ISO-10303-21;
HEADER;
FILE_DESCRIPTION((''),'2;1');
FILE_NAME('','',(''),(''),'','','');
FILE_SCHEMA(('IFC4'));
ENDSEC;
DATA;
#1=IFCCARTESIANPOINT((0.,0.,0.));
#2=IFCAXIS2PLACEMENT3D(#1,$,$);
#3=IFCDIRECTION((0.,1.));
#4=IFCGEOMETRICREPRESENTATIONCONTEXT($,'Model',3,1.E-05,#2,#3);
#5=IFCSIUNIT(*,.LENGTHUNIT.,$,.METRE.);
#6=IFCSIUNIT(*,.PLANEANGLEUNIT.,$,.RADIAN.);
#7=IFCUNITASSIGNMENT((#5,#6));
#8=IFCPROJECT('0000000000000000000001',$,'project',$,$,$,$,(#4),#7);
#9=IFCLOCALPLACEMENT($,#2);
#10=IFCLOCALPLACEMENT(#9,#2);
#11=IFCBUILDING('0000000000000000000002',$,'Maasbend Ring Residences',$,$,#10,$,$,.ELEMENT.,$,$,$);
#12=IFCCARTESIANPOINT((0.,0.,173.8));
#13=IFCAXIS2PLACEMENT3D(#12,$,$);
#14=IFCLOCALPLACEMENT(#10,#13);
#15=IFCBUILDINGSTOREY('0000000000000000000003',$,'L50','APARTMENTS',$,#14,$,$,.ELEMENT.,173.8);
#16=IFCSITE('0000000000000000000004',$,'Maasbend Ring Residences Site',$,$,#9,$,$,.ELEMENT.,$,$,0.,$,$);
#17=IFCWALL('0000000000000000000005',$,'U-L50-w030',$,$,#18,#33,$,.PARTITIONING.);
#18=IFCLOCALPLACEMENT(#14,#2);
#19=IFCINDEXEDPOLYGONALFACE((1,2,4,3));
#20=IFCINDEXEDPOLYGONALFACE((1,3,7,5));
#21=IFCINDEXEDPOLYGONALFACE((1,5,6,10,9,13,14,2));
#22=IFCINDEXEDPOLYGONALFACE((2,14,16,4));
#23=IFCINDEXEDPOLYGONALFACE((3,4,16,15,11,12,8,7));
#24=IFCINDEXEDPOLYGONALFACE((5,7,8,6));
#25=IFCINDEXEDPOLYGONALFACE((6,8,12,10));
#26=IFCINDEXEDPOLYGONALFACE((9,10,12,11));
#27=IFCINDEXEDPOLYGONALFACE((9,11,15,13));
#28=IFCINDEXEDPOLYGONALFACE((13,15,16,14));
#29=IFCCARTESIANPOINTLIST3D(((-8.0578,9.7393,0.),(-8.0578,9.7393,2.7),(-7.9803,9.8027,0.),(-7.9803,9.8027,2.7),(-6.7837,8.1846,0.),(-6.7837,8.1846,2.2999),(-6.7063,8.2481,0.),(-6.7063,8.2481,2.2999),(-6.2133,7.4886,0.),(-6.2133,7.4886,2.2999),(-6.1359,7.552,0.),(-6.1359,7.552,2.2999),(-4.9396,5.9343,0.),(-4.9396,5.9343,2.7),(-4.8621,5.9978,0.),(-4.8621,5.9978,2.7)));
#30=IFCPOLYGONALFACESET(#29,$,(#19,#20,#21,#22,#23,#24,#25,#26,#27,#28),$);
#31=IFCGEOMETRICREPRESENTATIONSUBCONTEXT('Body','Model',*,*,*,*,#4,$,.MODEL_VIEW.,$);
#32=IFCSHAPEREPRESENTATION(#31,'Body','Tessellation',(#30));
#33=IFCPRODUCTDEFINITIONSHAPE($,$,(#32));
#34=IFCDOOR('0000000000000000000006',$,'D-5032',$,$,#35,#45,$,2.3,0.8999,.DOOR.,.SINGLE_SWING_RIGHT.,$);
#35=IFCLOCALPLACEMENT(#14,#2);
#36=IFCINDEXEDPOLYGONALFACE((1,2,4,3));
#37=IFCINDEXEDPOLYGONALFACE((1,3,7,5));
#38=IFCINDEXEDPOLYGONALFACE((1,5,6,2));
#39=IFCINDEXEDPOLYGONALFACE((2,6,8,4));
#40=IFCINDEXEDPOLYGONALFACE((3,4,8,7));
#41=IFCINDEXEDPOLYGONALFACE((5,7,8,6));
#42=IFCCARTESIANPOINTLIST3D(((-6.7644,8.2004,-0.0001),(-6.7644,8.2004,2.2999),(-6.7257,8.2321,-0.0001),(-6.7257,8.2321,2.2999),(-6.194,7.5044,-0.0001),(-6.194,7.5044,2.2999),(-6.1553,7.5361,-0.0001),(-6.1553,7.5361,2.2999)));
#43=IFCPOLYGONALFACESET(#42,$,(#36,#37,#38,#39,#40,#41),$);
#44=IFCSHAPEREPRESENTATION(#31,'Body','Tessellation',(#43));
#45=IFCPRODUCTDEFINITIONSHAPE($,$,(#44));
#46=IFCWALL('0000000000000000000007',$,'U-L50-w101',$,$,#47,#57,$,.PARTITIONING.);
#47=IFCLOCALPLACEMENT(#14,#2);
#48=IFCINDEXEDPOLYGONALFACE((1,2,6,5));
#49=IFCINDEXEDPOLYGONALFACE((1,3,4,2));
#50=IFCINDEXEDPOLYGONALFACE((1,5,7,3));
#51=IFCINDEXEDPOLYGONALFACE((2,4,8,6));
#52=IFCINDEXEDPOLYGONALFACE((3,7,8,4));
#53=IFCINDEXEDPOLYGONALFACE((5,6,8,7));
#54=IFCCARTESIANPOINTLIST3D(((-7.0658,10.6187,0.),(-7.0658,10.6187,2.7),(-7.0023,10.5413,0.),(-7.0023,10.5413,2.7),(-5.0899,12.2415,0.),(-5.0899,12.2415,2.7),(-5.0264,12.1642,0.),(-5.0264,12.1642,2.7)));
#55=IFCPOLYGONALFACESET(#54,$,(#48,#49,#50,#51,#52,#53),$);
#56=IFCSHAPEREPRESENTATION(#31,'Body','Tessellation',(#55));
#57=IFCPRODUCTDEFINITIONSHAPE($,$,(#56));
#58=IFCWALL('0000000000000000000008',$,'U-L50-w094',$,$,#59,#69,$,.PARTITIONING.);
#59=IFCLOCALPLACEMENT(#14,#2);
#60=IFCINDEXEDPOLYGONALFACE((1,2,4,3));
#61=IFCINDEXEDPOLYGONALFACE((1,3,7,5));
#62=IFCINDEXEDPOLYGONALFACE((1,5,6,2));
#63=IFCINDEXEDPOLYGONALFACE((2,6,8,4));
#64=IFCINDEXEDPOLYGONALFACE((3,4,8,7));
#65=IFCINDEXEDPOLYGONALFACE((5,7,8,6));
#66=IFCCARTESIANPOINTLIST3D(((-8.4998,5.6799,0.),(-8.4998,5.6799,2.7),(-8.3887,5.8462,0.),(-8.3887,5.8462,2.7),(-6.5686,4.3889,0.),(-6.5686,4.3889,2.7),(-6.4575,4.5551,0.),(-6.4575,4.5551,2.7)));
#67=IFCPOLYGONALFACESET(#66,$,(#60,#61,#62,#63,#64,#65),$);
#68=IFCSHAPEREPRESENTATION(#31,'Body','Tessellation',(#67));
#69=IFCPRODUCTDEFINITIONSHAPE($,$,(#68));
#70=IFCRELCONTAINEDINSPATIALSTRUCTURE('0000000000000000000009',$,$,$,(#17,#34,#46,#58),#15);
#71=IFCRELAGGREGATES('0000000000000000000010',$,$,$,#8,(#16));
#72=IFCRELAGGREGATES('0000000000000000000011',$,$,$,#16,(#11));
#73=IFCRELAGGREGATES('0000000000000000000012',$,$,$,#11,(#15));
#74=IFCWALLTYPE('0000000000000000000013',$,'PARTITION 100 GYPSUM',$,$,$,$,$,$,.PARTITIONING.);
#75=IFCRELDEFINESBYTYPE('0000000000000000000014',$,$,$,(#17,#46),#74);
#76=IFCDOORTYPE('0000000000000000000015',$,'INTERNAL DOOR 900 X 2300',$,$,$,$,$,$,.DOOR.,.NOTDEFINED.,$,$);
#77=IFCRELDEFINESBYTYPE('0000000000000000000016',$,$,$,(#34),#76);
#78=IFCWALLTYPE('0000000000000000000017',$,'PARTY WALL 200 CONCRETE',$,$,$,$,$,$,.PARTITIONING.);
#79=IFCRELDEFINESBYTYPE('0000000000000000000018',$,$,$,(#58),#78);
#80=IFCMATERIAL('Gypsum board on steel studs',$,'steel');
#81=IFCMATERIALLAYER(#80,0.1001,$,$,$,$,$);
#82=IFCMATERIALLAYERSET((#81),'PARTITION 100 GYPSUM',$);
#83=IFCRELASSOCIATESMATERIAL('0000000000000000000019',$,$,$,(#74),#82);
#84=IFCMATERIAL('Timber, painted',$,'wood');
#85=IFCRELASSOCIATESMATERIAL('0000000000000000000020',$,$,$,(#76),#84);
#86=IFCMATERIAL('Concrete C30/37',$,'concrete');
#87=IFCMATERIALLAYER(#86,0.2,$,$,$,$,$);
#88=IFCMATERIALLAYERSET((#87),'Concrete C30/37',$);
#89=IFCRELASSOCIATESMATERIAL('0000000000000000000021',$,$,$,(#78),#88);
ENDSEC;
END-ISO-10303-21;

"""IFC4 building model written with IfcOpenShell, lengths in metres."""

from ifc_helpers import new_model, si_unit, direction, frame, frame_2d, origin, place, context, subcontext, project, spatial, rectangle, extrude, material, layer, layer_set, type_object, element, fill, save


model = new_model("IFC4")

# Units and contexts
model_context = context("Model", 3, precision=1e-05, world=origin(), true_north=direction((0.0, 1.0)))
body_context = subcontext(model_context, "Body", "Model", "MODEL_VIEW")
ifc_project = project(units=[si_unit("LENGTHUNIT", "METRE"), si_unit("PLANEANGLEUNIT", "RADIAN")], contexts=[model_context])

# Site, building, storey
site_placement = place(None, origin())
site = spatial("IfcSite", under=ifc_project, at=site_placement, Name="Maasbend Ring Residences Site", CompositionType="ELEMENT", RefElevation=0.0)
building_placement = place(site_placement, origin())
building = spatial("IfcBuilding", under=site, at=building_placement, Name="Maasbend Ring Residences", CompositionType="ELEMENT")
storey_placement = place(building_placement, frame((0.0, 0.0, 173.8)))
storey = spatial("IfcBuildingStorey", under=building, at=storey_placement, Name="L50", Description="APARTMENTS", CompositionType="ELEMENT", Elevation=173.8)

# Wall, opening, door
ifc_material_1 = material(Name="Gypsum board on steel studs", Category="steel")
ifc_layer_1 = layer(ifc_material_1, 0.1001)
ifc_layer_set_1 = layer_set([ifc_layer_1], Name="PARTITION 100 GYPSUM")
wall_type_1 = type_object("IfcWallType", Name="PARTITION 100 GYPSUM", PredefinedType="PARTITIONING", material=ifc_layer_set_1)
wall_1_placement = place(storey_placement, frame((-8.019, 9.771, 0.0), z_axis=(0.0, 0.0, 1.0), x_axis=(0.633851, -0.773455, 0.0)))
wall_1 = element("IfcWall", 1, at=wall_1_placement, inside=storey, type_object=wall_type_1, Name="U-L50-w030", PredefinedType="PARTITIONING", context=body_context, shape_type="SweptSolid", body=[
    extrude(rectangle(XDim=4.9194, YDim=0.1001, at=frame_2d((2.4597, 0.0))), origin(), (0.0, 0.0, 1.0), 2.7),
])
opening_placement = place(wall_1_placement, frame((2.01, 0.0, 0.0)))
opening = element("IfcOpeningElement", 2, at=opening_placement, cuts=wall_1, PredefinedType="OPENING", context=body_context, shape_type="SweptSolid", body=[
    extrude(rectangle(XDim=0.8999, YDim=2.3, at=frame_2d((0.45, 1.1499))), frame((0.0, 0.0601, 0.0), z_axis=(0.0, -1.0, 0.0), x_axis=(1.0, 0.0, 0.0)), (0.0, 0.0, 1.0), 0.1201),
])
ifc_material_2 = material(Name="Timber, painted", Category="wood")
door_type = type_object("IfcDoorType", Name="INTERNAL DOOR 900 X 2300", OperationType="NOTDEFINED", PredefinedType="DOOR", material=ifc_material_2)
door_placement = place(opening_placement, origin())
door = element("IfcDoor", 3, at=door_placement, inside=storey, type_object=door_type, Name="D-5032", OperationType="SINGLE_SWING_RIGHT", OverallHeight=2.3, OverallWidth=0.8999, PredefinedType="DOOR", context=body_context, shape_type="SweptSolid", body=[
    extrude(rectangle(XDim=0.8999, YDim=2.3, at=frame_2d((0.45, 1.1499))), frame((0.0, 0.0249, 0.0), z_axis=(0.0, -1.0, 0.0), x_axis=(1.0, 0.0, 0.0)), (0.0, 0.0, 1.0), 0.05),
])
fill(opening, door)

# Walls
wall_2_placement = place(storey_placement, frame((-7.0339, 10.5801, 0.0), z_axis=(0.0, 0.0, 1.0), x_axis=(0.772765, 0.634693, 0.0)))
element("IfcWall", 4, at=wall_2_placement, inside=storey, type_object=wall_type_1, Name="U-L50-w101", PredefinedType="PARTITIONING", context=body_context, shape_type="SweptSolid", body=[
    extrude(rectangle(XDim=2.5569, YDim=0.1001, at=frame_2d((1.2783, 0.0))), origin(), (0.0, 0.0, 1.0), 2.7),
])
ifc_material_3 = material(Name="Concrete C30/37", Category="concrete")
ifc_layer_2 = layer(ifc_material_3, 0.2)
ifc_layer_set_2 = layer_set([ifc_layer_2], Name="Concrete C30/37")
wall_type_2 = type_object("IfcWallType", Name="PARTY WALL 200 CONCRETE", PredefinedType="PARTITIONING", material=ifc_layer_set_2)
wall_3_placement = place(storey_placement, frame((-6.5129, 4.4719, 0.0), z_axis=(0.0, 0.0, 1.0), x_axis=(-0.831338, 0.555767, 0.0)))
element("IfcWall", 5, at=wall_3_placement, inside=storey, type_object=wall_type_2, Name="U-L50-w094", PredefinedType="PARTITIONING", context=body_context, shape_type="SweptSolid", body=[
    extrude(rectangle(XDim=2.323, YDim=0.2, at=frame_2d((1.1616, 0.0))), origin(), (0.0, 0.0, 1.0), 2.7),
])

save(model, "model.ifc")
